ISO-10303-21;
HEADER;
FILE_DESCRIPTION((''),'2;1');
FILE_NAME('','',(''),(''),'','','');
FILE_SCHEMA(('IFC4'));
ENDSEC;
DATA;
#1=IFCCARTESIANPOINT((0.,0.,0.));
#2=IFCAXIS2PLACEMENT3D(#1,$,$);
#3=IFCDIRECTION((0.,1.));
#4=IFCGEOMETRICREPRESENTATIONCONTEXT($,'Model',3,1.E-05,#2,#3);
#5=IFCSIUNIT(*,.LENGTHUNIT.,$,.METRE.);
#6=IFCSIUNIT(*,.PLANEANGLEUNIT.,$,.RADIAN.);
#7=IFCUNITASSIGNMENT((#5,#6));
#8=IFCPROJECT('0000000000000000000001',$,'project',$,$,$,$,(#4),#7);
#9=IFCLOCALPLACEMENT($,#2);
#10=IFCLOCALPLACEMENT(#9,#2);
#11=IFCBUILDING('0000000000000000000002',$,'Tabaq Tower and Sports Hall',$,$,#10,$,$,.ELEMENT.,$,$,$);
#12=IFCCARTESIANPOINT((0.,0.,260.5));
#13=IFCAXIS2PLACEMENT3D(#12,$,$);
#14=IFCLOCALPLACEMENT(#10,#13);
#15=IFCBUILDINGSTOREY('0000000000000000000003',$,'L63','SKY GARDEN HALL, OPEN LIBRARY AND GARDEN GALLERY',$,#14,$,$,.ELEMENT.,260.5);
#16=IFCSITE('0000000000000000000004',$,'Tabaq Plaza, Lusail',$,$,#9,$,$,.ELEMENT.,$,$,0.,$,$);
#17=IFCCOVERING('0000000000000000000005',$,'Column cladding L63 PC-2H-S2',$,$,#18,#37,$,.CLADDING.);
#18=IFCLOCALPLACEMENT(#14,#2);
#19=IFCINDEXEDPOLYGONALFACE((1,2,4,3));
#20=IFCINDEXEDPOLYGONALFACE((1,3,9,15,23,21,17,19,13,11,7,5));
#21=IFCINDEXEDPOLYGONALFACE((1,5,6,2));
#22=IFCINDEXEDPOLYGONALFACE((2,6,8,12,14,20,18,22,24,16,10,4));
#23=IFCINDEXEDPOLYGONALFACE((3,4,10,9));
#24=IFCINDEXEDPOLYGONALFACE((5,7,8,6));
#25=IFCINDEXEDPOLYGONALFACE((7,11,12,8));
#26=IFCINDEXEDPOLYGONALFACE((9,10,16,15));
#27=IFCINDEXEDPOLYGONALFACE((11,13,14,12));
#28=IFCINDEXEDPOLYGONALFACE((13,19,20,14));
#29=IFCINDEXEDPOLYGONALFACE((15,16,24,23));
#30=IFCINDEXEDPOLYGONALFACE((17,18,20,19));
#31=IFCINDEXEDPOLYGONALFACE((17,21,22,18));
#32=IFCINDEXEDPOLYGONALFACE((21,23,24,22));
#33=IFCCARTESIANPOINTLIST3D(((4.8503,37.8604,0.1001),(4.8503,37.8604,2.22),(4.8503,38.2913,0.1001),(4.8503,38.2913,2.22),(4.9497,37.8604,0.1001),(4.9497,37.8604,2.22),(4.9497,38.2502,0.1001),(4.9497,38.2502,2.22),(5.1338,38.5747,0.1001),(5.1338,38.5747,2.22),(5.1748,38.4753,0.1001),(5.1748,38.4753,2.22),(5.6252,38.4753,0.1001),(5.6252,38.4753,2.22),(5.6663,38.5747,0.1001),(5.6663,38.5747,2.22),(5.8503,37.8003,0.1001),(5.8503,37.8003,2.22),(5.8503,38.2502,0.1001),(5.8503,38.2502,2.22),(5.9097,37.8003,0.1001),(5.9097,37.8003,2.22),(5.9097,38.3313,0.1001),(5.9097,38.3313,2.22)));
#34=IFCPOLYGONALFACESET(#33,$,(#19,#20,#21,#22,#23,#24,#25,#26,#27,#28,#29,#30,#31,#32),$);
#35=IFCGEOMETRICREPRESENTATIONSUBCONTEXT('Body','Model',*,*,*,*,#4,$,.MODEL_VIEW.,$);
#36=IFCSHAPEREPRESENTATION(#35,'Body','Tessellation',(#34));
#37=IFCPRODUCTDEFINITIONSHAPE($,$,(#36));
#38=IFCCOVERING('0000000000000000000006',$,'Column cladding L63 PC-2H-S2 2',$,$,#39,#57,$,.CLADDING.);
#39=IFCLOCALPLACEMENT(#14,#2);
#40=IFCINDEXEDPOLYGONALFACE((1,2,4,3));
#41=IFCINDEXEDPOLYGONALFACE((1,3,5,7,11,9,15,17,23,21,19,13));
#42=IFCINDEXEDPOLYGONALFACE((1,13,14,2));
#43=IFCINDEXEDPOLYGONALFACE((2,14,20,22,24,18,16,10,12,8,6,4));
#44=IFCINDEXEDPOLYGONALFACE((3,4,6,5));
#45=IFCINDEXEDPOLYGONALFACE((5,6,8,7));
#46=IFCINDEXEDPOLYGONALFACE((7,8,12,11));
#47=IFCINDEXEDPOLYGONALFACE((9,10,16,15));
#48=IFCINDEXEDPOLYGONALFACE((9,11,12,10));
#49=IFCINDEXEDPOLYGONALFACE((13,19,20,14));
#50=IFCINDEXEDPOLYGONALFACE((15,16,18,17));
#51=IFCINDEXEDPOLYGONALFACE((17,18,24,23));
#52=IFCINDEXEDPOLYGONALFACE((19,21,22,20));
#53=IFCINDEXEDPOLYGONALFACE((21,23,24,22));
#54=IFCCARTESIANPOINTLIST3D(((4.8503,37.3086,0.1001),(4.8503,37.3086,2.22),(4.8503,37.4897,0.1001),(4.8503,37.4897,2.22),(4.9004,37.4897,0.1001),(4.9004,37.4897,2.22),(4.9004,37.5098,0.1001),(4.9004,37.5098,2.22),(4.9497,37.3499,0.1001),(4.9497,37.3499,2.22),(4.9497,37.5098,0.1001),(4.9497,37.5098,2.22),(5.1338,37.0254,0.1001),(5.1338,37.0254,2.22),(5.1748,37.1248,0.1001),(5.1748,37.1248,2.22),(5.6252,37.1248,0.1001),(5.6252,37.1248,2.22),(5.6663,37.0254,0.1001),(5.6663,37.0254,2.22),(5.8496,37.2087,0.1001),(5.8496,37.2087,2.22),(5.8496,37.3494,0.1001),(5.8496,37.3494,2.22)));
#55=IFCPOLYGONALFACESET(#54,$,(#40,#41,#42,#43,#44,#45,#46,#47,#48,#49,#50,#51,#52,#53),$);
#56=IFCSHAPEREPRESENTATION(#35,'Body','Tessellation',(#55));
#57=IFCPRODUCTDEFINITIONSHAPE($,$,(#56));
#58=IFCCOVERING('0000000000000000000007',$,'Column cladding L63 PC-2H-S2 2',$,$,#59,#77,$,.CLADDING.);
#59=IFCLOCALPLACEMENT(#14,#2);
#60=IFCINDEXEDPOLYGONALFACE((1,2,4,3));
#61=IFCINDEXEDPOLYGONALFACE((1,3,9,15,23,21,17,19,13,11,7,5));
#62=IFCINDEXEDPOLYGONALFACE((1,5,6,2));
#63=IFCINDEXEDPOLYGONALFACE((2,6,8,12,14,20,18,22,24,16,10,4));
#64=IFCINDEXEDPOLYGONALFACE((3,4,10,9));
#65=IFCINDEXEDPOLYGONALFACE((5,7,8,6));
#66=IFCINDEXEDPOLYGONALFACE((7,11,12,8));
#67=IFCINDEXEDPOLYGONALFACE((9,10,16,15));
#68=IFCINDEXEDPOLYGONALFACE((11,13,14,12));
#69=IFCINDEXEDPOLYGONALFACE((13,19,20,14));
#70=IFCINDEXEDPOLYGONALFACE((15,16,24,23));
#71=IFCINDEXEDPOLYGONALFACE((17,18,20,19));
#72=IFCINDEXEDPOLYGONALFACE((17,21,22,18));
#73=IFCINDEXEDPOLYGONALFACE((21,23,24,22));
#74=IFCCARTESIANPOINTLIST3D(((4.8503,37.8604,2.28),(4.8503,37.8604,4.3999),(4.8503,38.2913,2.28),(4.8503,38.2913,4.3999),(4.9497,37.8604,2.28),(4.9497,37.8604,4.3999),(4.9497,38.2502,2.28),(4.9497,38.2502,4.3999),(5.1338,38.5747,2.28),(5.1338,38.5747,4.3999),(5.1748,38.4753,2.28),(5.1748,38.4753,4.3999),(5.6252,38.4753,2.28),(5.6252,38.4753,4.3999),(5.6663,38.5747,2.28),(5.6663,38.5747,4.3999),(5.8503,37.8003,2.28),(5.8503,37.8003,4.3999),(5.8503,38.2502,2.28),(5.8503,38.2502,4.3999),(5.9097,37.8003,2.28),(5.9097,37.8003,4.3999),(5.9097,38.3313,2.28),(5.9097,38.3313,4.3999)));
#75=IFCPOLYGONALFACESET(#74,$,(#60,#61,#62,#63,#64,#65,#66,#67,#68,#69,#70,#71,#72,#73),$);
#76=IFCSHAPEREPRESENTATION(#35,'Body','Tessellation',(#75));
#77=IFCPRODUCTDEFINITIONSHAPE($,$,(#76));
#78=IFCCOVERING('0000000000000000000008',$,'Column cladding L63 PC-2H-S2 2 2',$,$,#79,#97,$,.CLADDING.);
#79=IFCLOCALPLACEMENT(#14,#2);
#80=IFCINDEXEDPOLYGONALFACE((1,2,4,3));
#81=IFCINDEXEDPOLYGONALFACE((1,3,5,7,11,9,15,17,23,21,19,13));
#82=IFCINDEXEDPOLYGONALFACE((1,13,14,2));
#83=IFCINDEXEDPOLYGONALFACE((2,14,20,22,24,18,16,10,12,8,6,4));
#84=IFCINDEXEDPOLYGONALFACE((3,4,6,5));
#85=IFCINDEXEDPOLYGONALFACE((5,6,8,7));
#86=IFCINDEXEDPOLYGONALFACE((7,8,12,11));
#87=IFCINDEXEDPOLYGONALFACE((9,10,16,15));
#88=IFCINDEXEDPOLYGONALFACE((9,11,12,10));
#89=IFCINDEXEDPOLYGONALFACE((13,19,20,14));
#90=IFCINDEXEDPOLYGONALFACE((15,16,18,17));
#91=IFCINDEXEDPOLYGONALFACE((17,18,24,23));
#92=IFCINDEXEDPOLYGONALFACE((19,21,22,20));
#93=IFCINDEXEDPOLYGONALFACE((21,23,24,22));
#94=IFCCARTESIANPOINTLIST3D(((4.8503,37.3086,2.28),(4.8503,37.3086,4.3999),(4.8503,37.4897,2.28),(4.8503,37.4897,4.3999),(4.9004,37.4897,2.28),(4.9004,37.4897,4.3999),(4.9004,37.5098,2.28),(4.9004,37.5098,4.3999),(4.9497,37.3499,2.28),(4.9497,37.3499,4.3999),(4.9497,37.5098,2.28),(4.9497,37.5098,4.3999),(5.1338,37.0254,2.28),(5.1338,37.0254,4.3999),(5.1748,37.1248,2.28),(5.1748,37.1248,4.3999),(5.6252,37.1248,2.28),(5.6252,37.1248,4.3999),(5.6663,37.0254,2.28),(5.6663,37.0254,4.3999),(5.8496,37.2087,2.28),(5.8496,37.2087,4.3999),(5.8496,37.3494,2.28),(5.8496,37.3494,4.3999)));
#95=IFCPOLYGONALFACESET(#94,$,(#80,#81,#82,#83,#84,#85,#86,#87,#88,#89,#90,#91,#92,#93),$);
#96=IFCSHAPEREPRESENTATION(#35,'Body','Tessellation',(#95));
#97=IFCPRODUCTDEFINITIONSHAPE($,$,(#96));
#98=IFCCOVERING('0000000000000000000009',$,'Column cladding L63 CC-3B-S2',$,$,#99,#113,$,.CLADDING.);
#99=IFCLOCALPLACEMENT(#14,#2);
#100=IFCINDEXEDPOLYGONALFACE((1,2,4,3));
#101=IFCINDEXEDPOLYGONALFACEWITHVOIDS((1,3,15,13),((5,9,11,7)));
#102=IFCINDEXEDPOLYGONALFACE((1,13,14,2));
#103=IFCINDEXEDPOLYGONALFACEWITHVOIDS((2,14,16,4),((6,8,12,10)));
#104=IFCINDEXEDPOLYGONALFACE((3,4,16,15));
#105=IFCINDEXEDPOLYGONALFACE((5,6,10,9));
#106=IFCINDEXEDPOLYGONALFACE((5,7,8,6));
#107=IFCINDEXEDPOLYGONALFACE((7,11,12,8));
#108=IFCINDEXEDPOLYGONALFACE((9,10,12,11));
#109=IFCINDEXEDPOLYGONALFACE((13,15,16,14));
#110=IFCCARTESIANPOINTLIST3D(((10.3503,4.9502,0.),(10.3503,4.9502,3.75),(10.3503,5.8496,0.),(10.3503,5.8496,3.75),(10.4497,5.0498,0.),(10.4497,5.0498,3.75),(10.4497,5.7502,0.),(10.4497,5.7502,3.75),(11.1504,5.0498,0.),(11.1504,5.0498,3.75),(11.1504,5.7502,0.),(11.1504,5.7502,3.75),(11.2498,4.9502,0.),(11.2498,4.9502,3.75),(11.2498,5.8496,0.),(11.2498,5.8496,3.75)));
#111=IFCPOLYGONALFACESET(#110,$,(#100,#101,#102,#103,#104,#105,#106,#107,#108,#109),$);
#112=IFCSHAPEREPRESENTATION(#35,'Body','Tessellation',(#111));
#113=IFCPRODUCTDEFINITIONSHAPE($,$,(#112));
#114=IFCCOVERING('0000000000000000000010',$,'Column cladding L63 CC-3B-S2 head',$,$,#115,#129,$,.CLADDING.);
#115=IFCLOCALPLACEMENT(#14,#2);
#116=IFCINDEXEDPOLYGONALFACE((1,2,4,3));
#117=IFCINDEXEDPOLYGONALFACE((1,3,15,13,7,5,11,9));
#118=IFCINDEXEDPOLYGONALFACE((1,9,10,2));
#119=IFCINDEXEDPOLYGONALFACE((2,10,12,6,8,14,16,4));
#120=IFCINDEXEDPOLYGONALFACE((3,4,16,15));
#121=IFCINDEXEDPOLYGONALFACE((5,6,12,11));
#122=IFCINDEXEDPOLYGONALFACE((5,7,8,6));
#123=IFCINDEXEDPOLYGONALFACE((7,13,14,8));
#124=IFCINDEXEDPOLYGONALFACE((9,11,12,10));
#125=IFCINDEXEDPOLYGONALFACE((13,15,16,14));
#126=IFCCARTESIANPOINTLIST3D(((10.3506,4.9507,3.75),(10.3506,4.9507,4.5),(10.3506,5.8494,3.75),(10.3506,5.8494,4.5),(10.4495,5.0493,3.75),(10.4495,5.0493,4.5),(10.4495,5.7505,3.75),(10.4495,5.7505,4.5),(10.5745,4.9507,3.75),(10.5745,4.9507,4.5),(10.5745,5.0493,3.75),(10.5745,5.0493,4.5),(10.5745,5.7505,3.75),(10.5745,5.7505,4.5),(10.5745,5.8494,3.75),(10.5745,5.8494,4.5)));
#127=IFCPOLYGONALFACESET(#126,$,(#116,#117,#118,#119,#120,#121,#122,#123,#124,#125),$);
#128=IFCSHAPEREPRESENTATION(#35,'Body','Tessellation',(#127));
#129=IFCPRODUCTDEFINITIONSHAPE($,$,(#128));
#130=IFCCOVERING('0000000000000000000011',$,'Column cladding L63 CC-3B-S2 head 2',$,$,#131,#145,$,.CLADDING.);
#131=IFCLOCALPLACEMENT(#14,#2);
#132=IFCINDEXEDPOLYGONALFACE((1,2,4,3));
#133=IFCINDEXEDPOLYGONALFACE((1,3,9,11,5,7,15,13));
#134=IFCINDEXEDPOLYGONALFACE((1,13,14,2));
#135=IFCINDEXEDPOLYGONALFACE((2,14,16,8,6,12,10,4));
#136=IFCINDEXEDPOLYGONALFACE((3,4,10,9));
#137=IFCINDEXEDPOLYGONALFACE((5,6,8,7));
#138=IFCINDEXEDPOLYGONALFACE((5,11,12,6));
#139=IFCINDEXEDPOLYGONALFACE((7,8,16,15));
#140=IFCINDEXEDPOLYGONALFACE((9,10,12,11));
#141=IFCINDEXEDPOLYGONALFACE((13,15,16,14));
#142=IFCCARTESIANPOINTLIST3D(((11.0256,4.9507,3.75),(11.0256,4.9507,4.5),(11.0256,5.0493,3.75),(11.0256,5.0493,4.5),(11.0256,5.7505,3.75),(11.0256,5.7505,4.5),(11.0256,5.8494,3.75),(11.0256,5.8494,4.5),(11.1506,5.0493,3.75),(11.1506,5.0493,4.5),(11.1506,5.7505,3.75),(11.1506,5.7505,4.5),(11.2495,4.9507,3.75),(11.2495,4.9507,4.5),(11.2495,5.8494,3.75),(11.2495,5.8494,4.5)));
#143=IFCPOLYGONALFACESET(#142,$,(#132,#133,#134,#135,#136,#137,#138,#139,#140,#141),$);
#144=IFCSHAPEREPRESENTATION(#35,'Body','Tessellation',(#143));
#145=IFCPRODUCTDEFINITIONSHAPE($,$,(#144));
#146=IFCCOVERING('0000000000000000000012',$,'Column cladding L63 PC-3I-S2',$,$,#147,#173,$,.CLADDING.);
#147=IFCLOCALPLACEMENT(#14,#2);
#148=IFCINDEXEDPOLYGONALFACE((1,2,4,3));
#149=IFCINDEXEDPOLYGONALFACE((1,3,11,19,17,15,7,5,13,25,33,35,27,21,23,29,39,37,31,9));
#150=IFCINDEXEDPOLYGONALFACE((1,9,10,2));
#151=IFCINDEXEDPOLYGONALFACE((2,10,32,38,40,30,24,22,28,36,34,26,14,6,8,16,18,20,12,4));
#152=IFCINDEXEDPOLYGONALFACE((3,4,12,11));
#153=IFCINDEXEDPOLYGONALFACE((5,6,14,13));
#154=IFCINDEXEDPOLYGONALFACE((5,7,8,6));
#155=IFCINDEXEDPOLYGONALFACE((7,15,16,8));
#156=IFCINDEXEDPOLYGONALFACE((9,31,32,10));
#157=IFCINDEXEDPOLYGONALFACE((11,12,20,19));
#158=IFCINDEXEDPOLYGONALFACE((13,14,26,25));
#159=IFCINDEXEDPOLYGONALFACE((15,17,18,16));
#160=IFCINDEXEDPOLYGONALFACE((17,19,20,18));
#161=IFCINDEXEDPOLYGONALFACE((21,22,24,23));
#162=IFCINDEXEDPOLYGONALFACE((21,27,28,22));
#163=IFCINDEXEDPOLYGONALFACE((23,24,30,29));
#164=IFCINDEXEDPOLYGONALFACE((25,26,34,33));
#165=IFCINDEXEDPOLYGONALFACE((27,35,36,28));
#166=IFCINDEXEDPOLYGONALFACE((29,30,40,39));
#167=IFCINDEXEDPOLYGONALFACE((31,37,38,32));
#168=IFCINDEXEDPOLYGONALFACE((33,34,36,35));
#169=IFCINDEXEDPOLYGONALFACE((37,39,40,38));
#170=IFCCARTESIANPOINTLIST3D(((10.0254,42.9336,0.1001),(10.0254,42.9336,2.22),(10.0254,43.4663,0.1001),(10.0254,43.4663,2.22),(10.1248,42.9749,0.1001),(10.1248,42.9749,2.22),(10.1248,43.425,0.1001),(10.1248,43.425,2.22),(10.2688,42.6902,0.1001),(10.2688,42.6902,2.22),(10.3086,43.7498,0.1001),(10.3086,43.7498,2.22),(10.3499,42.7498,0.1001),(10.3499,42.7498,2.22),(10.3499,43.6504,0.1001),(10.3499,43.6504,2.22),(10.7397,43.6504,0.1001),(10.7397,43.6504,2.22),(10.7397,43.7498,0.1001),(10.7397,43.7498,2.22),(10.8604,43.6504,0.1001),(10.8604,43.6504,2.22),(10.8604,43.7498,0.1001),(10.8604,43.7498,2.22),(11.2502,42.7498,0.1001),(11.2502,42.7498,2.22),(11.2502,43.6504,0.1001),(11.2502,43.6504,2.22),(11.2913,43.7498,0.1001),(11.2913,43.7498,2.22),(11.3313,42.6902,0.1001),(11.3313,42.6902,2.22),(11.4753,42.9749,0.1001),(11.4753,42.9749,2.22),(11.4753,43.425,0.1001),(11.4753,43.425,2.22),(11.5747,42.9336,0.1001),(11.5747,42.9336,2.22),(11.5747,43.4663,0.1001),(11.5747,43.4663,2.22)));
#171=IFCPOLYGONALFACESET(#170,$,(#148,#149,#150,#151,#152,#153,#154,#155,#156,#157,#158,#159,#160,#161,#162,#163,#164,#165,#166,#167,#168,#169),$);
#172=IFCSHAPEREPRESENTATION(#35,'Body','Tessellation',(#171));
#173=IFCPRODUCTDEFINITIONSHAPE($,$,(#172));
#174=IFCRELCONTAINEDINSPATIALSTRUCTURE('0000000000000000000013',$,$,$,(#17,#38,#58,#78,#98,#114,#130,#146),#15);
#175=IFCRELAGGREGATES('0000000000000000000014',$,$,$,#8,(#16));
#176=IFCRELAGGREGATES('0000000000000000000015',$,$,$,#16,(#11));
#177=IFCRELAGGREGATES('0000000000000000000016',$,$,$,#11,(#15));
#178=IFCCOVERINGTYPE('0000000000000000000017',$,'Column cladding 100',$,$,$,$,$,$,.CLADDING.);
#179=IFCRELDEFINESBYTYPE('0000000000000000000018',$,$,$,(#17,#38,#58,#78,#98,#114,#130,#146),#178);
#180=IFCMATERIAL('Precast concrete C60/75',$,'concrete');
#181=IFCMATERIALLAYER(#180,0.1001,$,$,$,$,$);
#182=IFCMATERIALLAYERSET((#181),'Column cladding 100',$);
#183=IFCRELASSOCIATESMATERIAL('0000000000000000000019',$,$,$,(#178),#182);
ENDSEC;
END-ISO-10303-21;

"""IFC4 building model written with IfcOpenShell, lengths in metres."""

from ifc_helpers import new_model, si_unit, direction, frame, origin, place, context, subcontext, project, spatial, polyline, outline, extrude, material, layer, layer_set, type_object, element, save


model = new_model("IFC4")

# Units and contexts
model_context = context("Model", 3, precision=1e-05, world=origin(), true_north=direction((0.0, 1.0)))
body_context = subcontext(model_context, "Body", "Model", "MODEL_VIEW")
ifc_project = project(units=[si_unit("LENGTHUNIT", "METRE"), si_unit("PLANEANGLEUNIT", "RADIAN")], contexts=[model_context])

# Site, building, storey
site_placement = place(None, origin())
site = spatial("IfcSite", under=ifc_project, at=site_placement, Name="Tabaq Plaza, Lusail", CompositionType="ELEMENT", RefElevation=0.0)
building_placement = place(site_placement, origin())
building = spatial("IfcBuilding", under=site, at=building_placement, Name="Tabaq Tower and Sports Hall", CompositionType="ELEMENT")
storey_placement = place(building_placement, frame((0.0, 0.0, 260.5)))
storey = spatial("IfcBuildingStorey", under=building, at=storey_placement, Name="L63", Description="SKY GARDEN HALL, OPEN LIBRARY AND GARDEN GALLERY", CompositionType="ELEMENT", Elevation=260.5)

# Coverings
ifc_material_1 = material(Name="Precast concrete C60/75", Category="concrete")
ifc_layer_1 = layer(ifc_material_1, 0.1001)
ifc_layer_set_1 = layer_set([ifc_layer_1], Name="Column cladding 100")
covering_type = type_object("IfcCoveringType", Name="Column cladding 100", PredefinedType="CLADDING", material=ifc_layer_set_1)
covering_1_placement = place(storey_placement, frame((0.0, 0.0, 0.1001)))
element("IfcCovering", 1, at=covering_1_placement, inside=storey, type_object=covering_type, Name="Column cladding L63 PC-2H-S2", PredefinedType="CLADDING", context=body_context, shape_type="SweptSolid", body=[
    extrude(outline(polyline([(4.8503, 38.2913), (5.1338, 38.5747), (5.6663, 38.5747), (5.9097, 38.3313), (5.9097, 37.8003), (5.8503, 37.8003), (5.8503, 38.2502), (5.6252, 38.4753), (5.1748, 38.4753), (4.9497, 38.2502), (4.9497, 37.8604), (4.8503, 37.8604), (4.8503, 38.2913)])), origin(), (0.0, 0.0, 1.0), 2.1199),
])
covering_2_placement = place(storey_placement, frame((0.0, 0.0, 0.1001)))
element("IfcCovering", 2, at=covering_2_placement, inside=storey, type_object=covering_type, Name="Column cladding L63 PC-2H-S2 2", PredefinedType="CLADDING", context=body_context, shape_type="SweptSolid", body=[
    extrude(outline(polyline([(5.1338, 37.0254), (4.8503, 37.3086), (4.8503, 37.4897), (4.9004, 37.4897), (4.9004, 37.5098), (4.9497, 37.5098), (4.9497, 37.3499), (5.1748, 37.1248), (5.6252, 37.1248), (5.8496, 37.3494), (5.8496, 37.2087), (5.6663, 37.0254), (5.1338, 37.0254)])), origin(), (0.0, 0.0, 1.0), 2.1199),
])
covering_3_placement = place(storey_placement, frame((0.0, 0.0, 2.28)))
element("IfcCovering", 3, at=covering_3_placement, inside=storey, type_object=covering_type, Name="Column cladding L63 PC-2H-S2 2", PredefinedType="CLADDING", context=body_context, shape_type="SweptSolid", body=[
    extrude(outline(polyline([(4.8503, 38.2913), (5.1338, 38.5747), (5.6663, 38.5747), (5.9097, 38.3313), (5.9097, 37.8003), (5.8503, 37.8003), (5.8503, 38.2502), (5.6252, 38.4753), (5.1748, 38.4753), (4.9497, 38.2502), (4.9497, 37.8604), (4.8503, 37.8604), (4.8503, 38.2913)])), origin(), (0.0, 0.0, 1.0), 2.1199),
])
covering_4_placement = place(storey_placement, frame((0.0, 0.0, 2.28)))
element("IfcCovering", 4, at=covering_4_placement, inside=storey, type_object=covering_type, Name="Column cladding L63 PC-2H-S2 2 2", PredefinedType="CLADDING", context=body_context, shape_type="SweptSolid", body=[
    extrude(outline(polyline([(5.1338, 37.0254), (4.8503, 37.3086), (4.8503, 37.4897), (4.9004, 37.4897), (4.9004, 37.5098), (4.9497, 37.5098), (4.9497, 37.3499), (5.1748, 37.1248), (5.6252, 37.1248), (5.8496, 37.3494), (5.8496, 37.2087), (5.6663, 37.0254), (5.1338, 37.0254)])), origin(), (0.0, 0.0, 1.0), 2.1199),
])
covering_5_placement = place(storey_placement, origin())
element("IfcCovering", 5, at=covering_5_placement, inside=storey, type_object=covering_type, Name="Column cladding L63 CC-3B-S2", PredefinedType="CLADDING", context=body_context, shape_type="SweptSolid", body=[
    extrude(outline(polyline([(10.3503, 5.8496), (11.2498, 5.8496), (11.2498, 4.9502), (10.3503, 4.9502), (10.3503, 5.8496)]), holes=[polyline([(11.1504, 5.0498), (11.1504, 5.7502), (10.4497, 5.7502), (10.4497, 5.0498), (11.1504, 5.0498)])]), origin(), (0.0, 0.0, 1.0), 3.75),
])
covering_6_placement = place(storey_placement, frame((0.0, 0.0, 3.75)))
element("IfcCovering", 6, at=covering_6_placement, inside=storey, type_object=covering_type, Name="Column cladding L63 CC-3B-S2 head", PredefinedType="CLADDING", context=body_context, shape_type="SweptSolid", body=[
    extrude(outline(polyline([(10.5745, 5.0493), (10.5745, 4.9507), (10.3506, 4.9507), (10.3506, 5.8494), (10.5745, 5.8494), (10.5745, 5.7505), (10.4495, 5.7505), (10.4495, 5.0493), (10.5745, 5.0493)])), origin(), (0.0, 0.0, 1.0), 0.75),
])
covering_7_placement = place(storey_placement, frame((0.0, 0.0, 3.75)))
element("IfcCovering", 7, at=covering_7_placement, inside=storey, type_object=covering_type, Name="Column cladding L63 CC-3B-S2 head 2", PredefinedType="CLADDING", context=body_context, shape_type="SweptSolid", body=[
    extrude(outline(polyline([(11.0256, 5.0493), (11.1506, 5.0493), (11.1506, 5.7505), (11.0256, 5.7505), (11.0256, 5.8494), (11.2495, 5.8494), (11.2495, 4.9507), (11.0256, 4.9507), (11.0256, 5.0493)])), origin(), (0.0, 0.0, 1.0), 0.75),
])
for number, where, name in (
    (8, (0.0, 0.0, 0.1001), "Column cladding L63 PC-3I-S2"),
):
    element("IfcCovering", number, at=place(storey_placement, frame(where)), inside=storey, type_object=covering_type, Name=name, PredefinedType="CLADDING", context=body_context, shape_type="SweptSolid", body=[
        extrude(outline(polyline([(10.0254, 43.4663), (10.3086, 43.7498), (10.7397, 43.7498), (10.7397, 43.6504), (10.3499, 43.6504), (10.1248, 43.425), (10.1248, 42.9749), (10.3499, 42.7498), (11.2502, 42.7498), (11.4753, 42.9749), (11.4753, 43.425), (11.2502, 43.6504), (10.8604, 43.6504), (10.8604, 43.7498), (11.2913, 43.7498), (11.5747, 43.4663), (11.5747, 42.9336), (11.3313, 42.6902), (10.2688, 42.6902), (10.0254, 42.9336), (10.0254, 43.4663)])), origin(), (0.0, 0.0, 1.0), 2.1199),
    ])

save(model, "model.ifc")
